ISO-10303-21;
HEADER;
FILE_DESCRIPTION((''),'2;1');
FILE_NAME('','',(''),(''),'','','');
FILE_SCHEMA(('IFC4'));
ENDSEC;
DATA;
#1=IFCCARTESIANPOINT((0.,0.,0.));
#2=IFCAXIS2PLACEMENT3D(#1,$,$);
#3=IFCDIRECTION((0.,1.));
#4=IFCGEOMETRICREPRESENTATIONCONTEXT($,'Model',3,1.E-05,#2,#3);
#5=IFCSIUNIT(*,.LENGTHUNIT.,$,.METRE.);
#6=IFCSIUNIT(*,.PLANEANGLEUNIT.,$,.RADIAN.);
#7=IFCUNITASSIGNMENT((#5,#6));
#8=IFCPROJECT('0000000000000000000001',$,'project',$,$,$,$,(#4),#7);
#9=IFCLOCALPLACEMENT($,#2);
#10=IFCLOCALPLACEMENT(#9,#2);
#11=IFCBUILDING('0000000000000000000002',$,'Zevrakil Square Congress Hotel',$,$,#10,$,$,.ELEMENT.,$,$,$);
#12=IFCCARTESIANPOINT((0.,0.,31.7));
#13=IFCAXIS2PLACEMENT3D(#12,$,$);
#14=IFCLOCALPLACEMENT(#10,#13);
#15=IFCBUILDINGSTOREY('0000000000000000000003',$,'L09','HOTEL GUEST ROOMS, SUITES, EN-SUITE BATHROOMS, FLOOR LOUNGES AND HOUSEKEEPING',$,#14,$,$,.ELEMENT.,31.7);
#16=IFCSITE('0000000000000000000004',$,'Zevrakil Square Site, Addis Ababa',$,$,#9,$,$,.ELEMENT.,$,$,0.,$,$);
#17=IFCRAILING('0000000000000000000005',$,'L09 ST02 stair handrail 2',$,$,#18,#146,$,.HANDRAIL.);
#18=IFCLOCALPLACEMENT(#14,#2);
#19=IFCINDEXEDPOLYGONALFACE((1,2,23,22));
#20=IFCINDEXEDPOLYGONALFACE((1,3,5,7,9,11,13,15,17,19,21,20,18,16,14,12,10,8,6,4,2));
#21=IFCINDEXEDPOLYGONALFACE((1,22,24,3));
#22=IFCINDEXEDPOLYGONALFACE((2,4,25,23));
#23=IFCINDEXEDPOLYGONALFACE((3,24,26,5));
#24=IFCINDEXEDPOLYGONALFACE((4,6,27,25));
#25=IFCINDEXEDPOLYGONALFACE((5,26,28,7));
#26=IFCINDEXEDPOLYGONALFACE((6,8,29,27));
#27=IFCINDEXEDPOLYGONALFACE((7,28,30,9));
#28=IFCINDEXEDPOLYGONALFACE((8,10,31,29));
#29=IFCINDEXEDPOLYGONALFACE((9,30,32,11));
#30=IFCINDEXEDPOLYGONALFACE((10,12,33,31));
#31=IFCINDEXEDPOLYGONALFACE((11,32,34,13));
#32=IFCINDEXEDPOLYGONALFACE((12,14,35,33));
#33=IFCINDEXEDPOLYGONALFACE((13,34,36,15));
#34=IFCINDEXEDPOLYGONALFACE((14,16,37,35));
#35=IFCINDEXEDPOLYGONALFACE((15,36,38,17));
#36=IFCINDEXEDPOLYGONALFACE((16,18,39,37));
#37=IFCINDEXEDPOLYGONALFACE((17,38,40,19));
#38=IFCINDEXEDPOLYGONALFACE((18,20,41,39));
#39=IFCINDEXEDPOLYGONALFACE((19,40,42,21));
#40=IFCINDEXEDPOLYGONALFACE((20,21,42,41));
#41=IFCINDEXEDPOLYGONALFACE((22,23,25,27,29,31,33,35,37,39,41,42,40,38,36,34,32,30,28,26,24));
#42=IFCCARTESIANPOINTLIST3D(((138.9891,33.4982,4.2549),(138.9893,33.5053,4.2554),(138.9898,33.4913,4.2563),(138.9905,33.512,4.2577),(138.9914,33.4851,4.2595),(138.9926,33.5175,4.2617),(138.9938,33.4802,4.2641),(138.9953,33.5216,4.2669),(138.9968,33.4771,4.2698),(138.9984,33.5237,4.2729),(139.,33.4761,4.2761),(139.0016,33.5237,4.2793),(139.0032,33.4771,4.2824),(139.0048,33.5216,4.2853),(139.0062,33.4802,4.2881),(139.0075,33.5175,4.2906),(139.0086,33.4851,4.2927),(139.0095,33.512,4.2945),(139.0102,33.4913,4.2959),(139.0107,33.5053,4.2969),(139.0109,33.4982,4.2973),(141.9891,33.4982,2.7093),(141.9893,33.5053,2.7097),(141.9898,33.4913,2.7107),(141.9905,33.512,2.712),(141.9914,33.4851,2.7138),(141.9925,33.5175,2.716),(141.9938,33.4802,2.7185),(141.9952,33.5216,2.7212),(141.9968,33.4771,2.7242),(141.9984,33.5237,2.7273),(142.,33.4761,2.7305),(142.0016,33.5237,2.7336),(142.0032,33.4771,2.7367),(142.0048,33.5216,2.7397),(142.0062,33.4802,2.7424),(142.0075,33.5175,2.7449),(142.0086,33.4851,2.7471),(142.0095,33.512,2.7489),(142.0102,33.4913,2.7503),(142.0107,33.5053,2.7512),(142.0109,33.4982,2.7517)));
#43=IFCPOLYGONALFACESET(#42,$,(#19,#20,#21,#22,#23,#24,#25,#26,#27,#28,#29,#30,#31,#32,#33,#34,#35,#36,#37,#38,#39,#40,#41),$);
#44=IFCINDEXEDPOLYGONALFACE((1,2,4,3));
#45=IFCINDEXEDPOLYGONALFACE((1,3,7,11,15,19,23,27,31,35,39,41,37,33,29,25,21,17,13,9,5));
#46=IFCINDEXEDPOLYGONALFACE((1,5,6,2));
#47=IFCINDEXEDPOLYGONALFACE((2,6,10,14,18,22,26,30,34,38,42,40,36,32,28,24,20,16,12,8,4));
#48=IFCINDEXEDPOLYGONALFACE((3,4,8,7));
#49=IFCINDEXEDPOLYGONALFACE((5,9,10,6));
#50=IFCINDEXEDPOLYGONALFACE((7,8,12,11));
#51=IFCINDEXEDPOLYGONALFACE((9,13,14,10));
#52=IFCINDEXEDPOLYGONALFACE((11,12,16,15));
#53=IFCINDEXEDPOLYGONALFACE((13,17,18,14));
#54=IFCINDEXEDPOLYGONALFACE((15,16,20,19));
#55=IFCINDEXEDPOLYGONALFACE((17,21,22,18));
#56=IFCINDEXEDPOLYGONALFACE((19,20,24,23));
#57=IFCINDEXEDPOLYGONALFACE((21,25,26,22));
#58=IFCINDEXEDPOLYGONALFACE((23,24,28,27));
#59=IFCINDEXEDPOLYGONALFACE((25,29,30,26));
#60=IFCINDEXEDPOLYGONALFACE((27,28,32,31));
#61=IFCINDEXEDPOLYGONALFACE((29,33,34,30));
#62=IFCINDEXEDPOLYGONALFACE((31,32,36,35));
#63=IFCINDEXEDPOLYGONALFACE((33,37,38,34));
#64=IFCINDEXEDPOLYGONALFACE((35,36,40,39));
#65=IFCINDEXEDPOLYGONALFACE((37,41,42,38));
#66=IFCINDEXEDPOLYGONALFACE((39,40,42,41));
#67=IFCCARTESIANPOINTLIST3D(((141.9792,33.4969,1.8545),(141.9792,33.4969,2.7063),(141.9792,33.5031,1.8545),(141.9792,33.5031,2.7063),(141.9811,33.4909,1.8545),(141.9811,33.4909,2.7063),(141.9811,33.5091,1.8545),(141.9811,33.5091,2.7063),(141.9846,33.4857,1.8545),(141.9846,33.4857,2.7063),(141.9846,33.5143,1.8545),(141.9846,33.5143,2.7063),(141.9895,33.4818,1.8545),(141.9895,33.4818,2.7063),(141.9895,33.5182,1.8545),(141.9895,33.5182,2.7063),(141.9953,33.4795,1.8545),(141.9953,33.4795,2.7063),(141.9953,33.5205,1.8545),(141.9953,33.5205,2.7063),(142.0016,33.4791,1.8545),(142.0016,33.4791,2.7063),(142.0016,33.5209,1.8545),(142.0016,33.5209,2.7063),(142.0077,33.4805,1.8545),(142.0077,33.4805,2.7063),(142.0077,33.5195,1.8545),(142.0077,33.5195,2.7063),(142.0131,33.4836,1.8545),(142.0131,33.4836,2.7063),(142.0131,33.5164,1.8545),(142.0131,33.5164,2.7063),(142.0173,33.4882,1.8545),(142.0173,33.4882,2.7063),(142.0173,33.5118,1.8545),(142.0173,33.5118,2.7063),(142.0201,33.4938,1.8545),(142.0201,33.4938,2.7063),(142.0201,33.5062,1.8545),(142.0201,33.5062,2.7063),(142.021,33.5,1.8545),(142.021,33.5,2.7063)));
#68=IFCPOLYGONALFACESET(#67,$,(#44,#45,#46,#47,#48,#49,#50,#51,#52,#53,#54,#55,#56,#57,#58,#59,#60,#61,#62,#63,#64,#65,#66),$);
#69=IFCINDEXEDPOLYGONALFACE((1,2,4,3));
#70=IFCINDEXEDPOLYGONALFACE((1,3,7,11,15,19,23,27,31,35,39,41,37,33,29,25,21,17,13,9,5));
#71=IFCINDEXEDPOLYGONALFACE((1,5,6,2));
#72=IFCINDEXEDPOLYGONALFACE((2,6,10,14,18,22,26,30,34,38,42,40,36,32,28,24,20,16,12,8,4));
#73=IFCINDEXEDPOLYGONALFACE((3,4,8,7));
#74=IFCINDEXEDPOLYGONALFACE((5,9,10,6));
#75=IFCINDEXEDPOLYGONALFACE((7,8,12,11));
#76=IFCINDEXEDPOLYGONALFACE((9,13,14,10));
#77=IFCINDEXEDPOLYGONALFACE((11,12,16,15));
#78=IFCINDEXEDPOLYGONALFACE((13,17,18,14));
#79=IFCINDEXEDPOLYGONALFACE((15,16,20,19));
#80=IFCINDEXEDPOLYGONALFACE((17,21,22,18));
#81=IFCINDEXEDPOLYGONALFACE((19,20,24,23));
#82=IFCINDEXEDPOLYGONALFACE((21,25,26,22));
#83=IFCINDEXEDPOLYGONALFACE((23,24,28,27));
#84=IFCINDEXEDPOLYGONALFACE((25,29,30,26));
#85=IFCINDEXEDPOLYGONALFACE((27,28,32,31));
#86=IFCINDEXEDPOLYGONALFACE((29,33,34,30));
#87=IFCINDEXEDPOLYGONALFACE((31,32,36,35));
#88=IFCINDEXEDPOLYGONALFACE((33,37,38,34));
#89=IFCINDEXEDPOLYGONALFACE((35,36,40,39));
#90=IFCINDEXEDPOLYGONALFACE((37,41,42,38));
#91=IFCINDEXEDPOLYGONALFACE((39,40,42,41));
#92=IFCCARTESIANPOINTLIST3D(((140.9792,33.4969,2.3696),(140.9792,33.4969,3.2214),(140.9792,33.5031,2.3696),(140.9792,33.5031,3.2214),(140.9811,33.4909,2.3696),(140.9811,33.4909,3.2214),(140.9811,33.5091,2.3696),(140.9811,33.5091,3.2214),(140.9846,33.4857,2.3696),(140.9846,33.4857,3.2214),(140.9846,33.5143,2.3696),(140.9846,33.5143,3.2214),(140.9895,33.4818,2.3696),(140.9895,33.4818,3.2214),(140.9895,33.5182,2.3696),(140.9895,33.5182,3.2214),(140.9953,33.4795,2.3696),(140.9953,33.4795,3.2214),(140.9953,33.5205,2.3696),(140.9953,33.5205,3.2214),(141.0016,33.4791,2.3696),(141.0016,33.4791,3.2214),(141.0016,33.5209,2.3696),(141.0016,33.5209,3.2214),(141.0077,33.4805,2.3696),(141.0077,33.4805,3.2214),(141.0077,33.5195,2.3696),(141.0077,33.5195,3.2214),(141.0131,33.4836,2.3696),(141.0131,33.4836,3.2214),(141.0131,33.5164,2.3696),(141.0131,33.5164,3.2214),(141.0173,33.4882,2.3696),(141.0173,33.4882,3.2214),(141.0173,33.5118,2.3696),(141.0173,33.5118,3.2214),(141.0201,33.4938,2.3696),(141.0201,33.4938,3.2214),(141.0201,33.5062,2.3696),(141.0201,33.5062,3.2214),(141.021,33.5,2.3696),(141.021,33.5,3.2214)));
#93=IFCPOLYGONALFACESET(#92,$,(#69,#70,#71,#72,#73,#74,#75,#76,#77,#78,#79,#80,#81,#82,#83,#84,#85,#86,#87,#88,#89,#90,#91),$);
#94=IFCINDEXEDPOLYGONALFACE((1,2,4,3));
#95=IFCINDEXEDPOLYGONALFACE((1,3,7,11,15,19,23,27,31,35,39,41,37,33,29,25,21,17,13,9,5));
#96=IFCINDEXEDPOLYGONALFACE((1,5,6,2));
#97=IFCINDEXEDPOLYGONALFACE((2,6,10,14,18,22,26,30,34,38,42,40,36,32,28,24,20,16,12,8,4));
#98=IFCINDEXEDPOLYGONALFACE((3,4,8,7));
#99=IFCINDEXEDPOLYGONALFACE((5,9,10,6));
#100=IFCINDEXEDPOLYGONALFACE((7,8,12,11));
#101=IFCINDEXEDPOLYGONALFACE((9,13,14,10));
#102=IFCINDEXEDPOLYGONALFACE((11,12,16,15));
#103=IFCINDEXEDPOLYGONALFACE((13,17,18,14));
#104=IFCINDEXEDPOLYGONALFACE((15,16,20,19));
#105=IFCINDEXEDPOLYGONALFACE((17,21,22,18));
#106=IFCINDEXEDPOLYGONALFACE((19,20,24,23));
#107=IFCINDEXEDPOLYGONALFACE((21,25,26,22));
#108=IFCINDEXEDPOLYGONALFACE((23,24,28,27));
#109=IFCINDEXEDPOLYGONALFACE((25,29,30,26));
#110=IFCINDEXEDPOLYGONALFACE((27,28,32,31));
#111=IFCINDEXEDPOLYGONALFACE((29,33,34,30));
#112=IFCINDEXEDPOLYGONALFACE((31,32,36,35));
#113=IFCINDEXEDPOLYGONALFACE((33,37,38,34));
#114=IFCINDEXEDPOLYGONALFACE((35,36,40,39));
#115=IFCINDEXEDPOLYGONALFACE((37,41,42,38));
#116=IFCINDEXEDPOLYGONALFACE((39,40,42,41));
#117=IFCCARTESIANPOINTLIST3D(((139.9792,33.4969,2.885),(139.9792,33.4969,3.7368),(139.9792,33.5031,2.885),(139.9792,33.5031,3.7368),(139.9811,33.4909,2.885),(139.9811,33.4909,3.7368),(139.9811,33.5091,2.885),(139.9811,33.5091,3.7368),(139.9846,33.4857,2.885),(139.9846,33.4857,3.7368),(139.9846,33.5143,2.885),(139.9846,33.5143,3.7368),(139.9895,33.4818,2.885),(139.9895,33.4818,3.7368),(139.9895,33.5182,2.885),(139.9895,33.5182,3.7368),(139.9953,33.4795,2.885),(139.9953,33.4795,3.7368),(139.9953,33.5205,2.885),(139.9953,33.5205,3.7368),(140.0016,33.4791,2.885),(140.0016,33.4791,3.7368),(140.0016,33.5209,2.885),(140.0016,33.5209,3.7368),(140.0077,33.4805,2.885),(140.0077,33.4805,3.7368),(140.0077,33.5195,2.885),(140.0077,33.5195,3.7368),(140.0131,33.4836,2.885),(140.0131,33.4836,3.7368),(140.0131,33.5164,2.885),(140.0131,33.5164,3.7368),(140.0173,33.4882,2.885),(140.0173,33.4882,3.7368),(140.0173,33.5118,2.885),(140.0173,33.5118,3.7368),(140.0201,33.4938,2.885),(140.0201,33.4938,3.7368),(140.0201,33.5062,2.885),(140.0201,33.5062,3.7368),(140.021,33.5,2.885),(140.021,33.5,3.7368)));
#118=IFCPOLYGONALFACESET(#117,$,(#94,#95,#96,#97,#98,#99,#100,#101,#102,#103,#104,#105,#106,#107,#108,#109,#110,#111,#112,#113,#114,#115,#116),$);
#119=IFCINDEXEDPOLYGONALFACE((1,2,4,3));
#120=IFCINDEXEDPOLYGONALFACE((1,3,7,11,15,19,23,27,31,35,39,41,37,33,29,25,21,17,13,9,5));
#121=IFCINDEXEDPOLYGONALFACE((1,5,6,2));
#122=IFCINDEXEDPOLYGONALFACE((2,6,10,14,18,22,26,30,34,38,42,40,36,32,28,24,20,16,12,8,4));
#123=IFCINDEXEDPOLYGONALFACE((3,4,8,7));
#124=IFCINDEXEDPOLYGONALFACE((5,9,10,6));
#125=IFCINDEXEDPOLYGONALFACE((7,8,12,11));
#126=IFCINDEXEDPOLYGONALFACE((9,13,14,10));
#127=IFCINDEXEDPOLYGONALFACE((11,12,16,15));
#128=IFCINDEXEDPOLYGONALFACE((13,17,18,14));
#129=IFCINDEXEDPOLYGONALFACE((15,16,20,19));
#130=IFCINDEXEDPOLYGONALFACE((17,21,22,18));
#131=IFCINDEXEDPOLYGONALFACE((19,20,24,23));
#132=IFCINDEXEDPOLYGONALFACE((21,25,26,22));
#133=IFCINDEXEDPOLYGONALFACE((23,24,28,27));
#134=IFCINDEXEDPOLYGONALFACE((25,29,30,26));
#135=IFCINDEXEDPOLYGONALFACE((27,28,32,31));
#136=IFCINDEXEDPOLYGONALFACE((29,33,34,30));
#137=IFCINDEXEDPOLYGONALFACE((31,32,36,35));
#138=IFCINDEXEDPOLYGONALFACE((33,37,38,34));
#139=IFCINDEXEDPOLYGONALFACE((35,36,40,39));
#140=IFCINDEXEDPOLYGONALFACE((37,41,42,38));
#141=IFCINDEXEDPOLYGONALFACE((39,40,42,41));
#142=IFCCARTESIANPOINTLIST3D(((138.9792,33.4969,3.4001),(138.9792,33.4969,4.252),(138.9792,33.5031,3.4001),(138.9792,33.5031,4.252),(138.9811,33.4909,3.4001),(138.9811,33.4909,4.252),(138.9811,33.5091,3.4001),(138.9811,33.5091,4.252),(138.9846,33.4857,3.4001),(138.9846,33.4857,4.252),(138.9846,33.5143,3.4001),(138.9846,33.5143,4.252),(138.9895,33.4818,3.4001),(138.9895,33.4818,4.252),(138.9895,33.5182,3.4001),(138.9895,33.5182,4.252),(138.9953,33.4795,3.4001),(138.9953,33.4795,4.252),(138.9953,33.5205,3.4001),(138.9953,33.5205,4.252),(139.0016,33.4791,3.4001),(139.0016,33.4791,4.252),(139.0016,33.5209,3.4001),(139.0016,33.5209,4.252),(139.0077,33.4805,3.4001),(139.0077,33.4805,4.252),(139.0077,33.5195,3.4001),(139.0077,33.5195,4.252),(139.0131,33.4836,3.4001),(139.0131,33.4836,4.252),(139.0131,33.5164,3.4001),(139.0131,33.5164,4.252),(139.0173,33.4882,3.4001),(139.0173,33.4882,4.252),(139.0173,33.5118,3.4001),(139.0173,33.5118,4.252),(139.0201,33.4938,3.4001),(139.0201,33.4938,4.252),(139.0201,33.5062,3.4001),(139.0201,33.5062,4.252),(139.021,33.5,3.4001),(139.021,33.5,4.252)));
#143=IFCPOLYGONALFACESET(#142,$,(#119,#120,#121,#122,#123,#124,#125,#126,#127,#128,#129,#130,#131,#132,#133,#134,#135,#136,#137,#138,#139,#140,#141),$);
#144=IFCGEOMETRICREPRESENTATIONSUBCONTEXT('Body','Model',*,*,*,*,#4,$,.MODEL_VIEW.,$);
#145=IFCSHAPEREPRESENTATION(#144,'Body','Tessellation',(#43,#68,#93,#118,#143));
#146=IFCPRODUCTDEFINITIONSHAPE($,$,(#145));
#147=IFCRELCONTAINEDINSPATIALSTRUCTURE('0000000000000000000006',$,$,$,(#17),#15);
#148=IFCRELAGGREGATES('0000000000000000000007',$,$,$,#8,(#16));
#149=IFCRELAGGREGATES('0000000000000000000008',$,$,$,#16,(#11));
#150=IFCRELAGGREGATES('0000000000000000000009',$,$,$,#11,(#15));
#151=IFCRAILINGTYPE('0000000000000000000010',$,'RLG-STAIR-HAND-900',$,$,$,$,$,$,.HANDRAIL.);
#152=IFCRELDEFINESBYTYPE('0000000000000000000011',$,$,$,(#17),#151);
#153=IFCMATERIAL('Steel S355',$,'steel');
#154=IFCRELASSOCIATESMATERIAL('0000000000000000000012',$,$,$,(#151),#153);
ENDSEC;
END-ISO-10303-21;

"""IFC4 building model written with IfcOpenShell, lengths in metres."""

from ifc_helpers import new_model, si_unit, direction, frame, origin, origin_2d, place, context, subcontext, project, spatial, circle, extrude, material, type_object, element, save


model = new_model("IFC4")

# Units and contexts
model_context = context("Model", 3, precision=1e-05, world=origin(), true_north=direction((0.0, 1.0)))
body_context = subcontext(model_context, "Body", "Model", "MODEL_VIEW")
ifc_project = project(units=[si_unit("LENGTHUNIT", "METRE"), si_unit("PLANEANGLEUNIT", "RADIAN")], contexts=[model_context])

# Site, building, storey
site_placement = place(None, origin())
site = spatial("IfcSite", under=ifc_project, at=site_placement, Name="Zevrakil Square Site, Addis Ababa", CompositionType="ELEMENT", RefElevation=0.0)
building_placement = place(site_placement, origin())
building = spatial("IfcBuilding", under=site, at=building_placement, Name="Zevrakil Square Congress Hotel", CompositionType="ELEMENT")
storey_placement = place(building_placement, frame((0.0, 0.0, 31.7)))
storey = spatial("IfcBuildingStorey", under=building, at=storey_placement, Name="L09", Description="HOTEL GUEST ROOMS, SUITES, EN-SUITE BATHROOMS, FLOOR LOUNGES AND HOUSEKEEPING", CompositionType="ELEMENT", Elevation=31.7)

# Railing
ifc_material_1 = material(Name="Steel S355", Category="steel")
railing_type_1 = type_object("IfcRailingType", Name="RLG-STAIR-HAND-900", PredefinedType="HANDRAIL", material=ifc_material_1)
railing_1_placement = place(storey_placement, frame((142.0, 33.5, 1.8545)))
element("IfcRailing", 1, at=railing_1_placement, inside=storey, type_object=railing_type_1, Name="L09 ST02 stair handrail 2", PredefinedType="HANDRAIL", context=body_context, shape_type="SweptSolid", body=[
    extrude(circle(Radius=0.0239, at=origin_2d()), frame((0.0, 0.0, 0.876), z_axis=(-0.88895, 0.0, 0.458003), x_axis=(0.0, -1.0, 0.0)), (0.0, 0.0, 1.0), 3.3748),
    extrude(circle(Radius=0.021, at=origin_2d()), origin(), (0.0, 0.0, 1.0), 0.8518),
    extrude(circle(Radius=0.021, at=origin_2d()), frame((-1.0, 0.0, 0.5151)), (0.0, 0.0, 1.0), 0.8518),
    extrude(circle(Radius=0.021, at=origin_2d()), frame((-2.0, 0.0, 1.0305)), (0.0, 0.0, 1.0), 0.8518),
    extrude(circle(Radius=0.021, at=origin_2d()), frame((-3.0, 0.0, 1.5457)), (0.0, 0.0, 1.0), 0.8518),
])

save(model, "model.ifc")
